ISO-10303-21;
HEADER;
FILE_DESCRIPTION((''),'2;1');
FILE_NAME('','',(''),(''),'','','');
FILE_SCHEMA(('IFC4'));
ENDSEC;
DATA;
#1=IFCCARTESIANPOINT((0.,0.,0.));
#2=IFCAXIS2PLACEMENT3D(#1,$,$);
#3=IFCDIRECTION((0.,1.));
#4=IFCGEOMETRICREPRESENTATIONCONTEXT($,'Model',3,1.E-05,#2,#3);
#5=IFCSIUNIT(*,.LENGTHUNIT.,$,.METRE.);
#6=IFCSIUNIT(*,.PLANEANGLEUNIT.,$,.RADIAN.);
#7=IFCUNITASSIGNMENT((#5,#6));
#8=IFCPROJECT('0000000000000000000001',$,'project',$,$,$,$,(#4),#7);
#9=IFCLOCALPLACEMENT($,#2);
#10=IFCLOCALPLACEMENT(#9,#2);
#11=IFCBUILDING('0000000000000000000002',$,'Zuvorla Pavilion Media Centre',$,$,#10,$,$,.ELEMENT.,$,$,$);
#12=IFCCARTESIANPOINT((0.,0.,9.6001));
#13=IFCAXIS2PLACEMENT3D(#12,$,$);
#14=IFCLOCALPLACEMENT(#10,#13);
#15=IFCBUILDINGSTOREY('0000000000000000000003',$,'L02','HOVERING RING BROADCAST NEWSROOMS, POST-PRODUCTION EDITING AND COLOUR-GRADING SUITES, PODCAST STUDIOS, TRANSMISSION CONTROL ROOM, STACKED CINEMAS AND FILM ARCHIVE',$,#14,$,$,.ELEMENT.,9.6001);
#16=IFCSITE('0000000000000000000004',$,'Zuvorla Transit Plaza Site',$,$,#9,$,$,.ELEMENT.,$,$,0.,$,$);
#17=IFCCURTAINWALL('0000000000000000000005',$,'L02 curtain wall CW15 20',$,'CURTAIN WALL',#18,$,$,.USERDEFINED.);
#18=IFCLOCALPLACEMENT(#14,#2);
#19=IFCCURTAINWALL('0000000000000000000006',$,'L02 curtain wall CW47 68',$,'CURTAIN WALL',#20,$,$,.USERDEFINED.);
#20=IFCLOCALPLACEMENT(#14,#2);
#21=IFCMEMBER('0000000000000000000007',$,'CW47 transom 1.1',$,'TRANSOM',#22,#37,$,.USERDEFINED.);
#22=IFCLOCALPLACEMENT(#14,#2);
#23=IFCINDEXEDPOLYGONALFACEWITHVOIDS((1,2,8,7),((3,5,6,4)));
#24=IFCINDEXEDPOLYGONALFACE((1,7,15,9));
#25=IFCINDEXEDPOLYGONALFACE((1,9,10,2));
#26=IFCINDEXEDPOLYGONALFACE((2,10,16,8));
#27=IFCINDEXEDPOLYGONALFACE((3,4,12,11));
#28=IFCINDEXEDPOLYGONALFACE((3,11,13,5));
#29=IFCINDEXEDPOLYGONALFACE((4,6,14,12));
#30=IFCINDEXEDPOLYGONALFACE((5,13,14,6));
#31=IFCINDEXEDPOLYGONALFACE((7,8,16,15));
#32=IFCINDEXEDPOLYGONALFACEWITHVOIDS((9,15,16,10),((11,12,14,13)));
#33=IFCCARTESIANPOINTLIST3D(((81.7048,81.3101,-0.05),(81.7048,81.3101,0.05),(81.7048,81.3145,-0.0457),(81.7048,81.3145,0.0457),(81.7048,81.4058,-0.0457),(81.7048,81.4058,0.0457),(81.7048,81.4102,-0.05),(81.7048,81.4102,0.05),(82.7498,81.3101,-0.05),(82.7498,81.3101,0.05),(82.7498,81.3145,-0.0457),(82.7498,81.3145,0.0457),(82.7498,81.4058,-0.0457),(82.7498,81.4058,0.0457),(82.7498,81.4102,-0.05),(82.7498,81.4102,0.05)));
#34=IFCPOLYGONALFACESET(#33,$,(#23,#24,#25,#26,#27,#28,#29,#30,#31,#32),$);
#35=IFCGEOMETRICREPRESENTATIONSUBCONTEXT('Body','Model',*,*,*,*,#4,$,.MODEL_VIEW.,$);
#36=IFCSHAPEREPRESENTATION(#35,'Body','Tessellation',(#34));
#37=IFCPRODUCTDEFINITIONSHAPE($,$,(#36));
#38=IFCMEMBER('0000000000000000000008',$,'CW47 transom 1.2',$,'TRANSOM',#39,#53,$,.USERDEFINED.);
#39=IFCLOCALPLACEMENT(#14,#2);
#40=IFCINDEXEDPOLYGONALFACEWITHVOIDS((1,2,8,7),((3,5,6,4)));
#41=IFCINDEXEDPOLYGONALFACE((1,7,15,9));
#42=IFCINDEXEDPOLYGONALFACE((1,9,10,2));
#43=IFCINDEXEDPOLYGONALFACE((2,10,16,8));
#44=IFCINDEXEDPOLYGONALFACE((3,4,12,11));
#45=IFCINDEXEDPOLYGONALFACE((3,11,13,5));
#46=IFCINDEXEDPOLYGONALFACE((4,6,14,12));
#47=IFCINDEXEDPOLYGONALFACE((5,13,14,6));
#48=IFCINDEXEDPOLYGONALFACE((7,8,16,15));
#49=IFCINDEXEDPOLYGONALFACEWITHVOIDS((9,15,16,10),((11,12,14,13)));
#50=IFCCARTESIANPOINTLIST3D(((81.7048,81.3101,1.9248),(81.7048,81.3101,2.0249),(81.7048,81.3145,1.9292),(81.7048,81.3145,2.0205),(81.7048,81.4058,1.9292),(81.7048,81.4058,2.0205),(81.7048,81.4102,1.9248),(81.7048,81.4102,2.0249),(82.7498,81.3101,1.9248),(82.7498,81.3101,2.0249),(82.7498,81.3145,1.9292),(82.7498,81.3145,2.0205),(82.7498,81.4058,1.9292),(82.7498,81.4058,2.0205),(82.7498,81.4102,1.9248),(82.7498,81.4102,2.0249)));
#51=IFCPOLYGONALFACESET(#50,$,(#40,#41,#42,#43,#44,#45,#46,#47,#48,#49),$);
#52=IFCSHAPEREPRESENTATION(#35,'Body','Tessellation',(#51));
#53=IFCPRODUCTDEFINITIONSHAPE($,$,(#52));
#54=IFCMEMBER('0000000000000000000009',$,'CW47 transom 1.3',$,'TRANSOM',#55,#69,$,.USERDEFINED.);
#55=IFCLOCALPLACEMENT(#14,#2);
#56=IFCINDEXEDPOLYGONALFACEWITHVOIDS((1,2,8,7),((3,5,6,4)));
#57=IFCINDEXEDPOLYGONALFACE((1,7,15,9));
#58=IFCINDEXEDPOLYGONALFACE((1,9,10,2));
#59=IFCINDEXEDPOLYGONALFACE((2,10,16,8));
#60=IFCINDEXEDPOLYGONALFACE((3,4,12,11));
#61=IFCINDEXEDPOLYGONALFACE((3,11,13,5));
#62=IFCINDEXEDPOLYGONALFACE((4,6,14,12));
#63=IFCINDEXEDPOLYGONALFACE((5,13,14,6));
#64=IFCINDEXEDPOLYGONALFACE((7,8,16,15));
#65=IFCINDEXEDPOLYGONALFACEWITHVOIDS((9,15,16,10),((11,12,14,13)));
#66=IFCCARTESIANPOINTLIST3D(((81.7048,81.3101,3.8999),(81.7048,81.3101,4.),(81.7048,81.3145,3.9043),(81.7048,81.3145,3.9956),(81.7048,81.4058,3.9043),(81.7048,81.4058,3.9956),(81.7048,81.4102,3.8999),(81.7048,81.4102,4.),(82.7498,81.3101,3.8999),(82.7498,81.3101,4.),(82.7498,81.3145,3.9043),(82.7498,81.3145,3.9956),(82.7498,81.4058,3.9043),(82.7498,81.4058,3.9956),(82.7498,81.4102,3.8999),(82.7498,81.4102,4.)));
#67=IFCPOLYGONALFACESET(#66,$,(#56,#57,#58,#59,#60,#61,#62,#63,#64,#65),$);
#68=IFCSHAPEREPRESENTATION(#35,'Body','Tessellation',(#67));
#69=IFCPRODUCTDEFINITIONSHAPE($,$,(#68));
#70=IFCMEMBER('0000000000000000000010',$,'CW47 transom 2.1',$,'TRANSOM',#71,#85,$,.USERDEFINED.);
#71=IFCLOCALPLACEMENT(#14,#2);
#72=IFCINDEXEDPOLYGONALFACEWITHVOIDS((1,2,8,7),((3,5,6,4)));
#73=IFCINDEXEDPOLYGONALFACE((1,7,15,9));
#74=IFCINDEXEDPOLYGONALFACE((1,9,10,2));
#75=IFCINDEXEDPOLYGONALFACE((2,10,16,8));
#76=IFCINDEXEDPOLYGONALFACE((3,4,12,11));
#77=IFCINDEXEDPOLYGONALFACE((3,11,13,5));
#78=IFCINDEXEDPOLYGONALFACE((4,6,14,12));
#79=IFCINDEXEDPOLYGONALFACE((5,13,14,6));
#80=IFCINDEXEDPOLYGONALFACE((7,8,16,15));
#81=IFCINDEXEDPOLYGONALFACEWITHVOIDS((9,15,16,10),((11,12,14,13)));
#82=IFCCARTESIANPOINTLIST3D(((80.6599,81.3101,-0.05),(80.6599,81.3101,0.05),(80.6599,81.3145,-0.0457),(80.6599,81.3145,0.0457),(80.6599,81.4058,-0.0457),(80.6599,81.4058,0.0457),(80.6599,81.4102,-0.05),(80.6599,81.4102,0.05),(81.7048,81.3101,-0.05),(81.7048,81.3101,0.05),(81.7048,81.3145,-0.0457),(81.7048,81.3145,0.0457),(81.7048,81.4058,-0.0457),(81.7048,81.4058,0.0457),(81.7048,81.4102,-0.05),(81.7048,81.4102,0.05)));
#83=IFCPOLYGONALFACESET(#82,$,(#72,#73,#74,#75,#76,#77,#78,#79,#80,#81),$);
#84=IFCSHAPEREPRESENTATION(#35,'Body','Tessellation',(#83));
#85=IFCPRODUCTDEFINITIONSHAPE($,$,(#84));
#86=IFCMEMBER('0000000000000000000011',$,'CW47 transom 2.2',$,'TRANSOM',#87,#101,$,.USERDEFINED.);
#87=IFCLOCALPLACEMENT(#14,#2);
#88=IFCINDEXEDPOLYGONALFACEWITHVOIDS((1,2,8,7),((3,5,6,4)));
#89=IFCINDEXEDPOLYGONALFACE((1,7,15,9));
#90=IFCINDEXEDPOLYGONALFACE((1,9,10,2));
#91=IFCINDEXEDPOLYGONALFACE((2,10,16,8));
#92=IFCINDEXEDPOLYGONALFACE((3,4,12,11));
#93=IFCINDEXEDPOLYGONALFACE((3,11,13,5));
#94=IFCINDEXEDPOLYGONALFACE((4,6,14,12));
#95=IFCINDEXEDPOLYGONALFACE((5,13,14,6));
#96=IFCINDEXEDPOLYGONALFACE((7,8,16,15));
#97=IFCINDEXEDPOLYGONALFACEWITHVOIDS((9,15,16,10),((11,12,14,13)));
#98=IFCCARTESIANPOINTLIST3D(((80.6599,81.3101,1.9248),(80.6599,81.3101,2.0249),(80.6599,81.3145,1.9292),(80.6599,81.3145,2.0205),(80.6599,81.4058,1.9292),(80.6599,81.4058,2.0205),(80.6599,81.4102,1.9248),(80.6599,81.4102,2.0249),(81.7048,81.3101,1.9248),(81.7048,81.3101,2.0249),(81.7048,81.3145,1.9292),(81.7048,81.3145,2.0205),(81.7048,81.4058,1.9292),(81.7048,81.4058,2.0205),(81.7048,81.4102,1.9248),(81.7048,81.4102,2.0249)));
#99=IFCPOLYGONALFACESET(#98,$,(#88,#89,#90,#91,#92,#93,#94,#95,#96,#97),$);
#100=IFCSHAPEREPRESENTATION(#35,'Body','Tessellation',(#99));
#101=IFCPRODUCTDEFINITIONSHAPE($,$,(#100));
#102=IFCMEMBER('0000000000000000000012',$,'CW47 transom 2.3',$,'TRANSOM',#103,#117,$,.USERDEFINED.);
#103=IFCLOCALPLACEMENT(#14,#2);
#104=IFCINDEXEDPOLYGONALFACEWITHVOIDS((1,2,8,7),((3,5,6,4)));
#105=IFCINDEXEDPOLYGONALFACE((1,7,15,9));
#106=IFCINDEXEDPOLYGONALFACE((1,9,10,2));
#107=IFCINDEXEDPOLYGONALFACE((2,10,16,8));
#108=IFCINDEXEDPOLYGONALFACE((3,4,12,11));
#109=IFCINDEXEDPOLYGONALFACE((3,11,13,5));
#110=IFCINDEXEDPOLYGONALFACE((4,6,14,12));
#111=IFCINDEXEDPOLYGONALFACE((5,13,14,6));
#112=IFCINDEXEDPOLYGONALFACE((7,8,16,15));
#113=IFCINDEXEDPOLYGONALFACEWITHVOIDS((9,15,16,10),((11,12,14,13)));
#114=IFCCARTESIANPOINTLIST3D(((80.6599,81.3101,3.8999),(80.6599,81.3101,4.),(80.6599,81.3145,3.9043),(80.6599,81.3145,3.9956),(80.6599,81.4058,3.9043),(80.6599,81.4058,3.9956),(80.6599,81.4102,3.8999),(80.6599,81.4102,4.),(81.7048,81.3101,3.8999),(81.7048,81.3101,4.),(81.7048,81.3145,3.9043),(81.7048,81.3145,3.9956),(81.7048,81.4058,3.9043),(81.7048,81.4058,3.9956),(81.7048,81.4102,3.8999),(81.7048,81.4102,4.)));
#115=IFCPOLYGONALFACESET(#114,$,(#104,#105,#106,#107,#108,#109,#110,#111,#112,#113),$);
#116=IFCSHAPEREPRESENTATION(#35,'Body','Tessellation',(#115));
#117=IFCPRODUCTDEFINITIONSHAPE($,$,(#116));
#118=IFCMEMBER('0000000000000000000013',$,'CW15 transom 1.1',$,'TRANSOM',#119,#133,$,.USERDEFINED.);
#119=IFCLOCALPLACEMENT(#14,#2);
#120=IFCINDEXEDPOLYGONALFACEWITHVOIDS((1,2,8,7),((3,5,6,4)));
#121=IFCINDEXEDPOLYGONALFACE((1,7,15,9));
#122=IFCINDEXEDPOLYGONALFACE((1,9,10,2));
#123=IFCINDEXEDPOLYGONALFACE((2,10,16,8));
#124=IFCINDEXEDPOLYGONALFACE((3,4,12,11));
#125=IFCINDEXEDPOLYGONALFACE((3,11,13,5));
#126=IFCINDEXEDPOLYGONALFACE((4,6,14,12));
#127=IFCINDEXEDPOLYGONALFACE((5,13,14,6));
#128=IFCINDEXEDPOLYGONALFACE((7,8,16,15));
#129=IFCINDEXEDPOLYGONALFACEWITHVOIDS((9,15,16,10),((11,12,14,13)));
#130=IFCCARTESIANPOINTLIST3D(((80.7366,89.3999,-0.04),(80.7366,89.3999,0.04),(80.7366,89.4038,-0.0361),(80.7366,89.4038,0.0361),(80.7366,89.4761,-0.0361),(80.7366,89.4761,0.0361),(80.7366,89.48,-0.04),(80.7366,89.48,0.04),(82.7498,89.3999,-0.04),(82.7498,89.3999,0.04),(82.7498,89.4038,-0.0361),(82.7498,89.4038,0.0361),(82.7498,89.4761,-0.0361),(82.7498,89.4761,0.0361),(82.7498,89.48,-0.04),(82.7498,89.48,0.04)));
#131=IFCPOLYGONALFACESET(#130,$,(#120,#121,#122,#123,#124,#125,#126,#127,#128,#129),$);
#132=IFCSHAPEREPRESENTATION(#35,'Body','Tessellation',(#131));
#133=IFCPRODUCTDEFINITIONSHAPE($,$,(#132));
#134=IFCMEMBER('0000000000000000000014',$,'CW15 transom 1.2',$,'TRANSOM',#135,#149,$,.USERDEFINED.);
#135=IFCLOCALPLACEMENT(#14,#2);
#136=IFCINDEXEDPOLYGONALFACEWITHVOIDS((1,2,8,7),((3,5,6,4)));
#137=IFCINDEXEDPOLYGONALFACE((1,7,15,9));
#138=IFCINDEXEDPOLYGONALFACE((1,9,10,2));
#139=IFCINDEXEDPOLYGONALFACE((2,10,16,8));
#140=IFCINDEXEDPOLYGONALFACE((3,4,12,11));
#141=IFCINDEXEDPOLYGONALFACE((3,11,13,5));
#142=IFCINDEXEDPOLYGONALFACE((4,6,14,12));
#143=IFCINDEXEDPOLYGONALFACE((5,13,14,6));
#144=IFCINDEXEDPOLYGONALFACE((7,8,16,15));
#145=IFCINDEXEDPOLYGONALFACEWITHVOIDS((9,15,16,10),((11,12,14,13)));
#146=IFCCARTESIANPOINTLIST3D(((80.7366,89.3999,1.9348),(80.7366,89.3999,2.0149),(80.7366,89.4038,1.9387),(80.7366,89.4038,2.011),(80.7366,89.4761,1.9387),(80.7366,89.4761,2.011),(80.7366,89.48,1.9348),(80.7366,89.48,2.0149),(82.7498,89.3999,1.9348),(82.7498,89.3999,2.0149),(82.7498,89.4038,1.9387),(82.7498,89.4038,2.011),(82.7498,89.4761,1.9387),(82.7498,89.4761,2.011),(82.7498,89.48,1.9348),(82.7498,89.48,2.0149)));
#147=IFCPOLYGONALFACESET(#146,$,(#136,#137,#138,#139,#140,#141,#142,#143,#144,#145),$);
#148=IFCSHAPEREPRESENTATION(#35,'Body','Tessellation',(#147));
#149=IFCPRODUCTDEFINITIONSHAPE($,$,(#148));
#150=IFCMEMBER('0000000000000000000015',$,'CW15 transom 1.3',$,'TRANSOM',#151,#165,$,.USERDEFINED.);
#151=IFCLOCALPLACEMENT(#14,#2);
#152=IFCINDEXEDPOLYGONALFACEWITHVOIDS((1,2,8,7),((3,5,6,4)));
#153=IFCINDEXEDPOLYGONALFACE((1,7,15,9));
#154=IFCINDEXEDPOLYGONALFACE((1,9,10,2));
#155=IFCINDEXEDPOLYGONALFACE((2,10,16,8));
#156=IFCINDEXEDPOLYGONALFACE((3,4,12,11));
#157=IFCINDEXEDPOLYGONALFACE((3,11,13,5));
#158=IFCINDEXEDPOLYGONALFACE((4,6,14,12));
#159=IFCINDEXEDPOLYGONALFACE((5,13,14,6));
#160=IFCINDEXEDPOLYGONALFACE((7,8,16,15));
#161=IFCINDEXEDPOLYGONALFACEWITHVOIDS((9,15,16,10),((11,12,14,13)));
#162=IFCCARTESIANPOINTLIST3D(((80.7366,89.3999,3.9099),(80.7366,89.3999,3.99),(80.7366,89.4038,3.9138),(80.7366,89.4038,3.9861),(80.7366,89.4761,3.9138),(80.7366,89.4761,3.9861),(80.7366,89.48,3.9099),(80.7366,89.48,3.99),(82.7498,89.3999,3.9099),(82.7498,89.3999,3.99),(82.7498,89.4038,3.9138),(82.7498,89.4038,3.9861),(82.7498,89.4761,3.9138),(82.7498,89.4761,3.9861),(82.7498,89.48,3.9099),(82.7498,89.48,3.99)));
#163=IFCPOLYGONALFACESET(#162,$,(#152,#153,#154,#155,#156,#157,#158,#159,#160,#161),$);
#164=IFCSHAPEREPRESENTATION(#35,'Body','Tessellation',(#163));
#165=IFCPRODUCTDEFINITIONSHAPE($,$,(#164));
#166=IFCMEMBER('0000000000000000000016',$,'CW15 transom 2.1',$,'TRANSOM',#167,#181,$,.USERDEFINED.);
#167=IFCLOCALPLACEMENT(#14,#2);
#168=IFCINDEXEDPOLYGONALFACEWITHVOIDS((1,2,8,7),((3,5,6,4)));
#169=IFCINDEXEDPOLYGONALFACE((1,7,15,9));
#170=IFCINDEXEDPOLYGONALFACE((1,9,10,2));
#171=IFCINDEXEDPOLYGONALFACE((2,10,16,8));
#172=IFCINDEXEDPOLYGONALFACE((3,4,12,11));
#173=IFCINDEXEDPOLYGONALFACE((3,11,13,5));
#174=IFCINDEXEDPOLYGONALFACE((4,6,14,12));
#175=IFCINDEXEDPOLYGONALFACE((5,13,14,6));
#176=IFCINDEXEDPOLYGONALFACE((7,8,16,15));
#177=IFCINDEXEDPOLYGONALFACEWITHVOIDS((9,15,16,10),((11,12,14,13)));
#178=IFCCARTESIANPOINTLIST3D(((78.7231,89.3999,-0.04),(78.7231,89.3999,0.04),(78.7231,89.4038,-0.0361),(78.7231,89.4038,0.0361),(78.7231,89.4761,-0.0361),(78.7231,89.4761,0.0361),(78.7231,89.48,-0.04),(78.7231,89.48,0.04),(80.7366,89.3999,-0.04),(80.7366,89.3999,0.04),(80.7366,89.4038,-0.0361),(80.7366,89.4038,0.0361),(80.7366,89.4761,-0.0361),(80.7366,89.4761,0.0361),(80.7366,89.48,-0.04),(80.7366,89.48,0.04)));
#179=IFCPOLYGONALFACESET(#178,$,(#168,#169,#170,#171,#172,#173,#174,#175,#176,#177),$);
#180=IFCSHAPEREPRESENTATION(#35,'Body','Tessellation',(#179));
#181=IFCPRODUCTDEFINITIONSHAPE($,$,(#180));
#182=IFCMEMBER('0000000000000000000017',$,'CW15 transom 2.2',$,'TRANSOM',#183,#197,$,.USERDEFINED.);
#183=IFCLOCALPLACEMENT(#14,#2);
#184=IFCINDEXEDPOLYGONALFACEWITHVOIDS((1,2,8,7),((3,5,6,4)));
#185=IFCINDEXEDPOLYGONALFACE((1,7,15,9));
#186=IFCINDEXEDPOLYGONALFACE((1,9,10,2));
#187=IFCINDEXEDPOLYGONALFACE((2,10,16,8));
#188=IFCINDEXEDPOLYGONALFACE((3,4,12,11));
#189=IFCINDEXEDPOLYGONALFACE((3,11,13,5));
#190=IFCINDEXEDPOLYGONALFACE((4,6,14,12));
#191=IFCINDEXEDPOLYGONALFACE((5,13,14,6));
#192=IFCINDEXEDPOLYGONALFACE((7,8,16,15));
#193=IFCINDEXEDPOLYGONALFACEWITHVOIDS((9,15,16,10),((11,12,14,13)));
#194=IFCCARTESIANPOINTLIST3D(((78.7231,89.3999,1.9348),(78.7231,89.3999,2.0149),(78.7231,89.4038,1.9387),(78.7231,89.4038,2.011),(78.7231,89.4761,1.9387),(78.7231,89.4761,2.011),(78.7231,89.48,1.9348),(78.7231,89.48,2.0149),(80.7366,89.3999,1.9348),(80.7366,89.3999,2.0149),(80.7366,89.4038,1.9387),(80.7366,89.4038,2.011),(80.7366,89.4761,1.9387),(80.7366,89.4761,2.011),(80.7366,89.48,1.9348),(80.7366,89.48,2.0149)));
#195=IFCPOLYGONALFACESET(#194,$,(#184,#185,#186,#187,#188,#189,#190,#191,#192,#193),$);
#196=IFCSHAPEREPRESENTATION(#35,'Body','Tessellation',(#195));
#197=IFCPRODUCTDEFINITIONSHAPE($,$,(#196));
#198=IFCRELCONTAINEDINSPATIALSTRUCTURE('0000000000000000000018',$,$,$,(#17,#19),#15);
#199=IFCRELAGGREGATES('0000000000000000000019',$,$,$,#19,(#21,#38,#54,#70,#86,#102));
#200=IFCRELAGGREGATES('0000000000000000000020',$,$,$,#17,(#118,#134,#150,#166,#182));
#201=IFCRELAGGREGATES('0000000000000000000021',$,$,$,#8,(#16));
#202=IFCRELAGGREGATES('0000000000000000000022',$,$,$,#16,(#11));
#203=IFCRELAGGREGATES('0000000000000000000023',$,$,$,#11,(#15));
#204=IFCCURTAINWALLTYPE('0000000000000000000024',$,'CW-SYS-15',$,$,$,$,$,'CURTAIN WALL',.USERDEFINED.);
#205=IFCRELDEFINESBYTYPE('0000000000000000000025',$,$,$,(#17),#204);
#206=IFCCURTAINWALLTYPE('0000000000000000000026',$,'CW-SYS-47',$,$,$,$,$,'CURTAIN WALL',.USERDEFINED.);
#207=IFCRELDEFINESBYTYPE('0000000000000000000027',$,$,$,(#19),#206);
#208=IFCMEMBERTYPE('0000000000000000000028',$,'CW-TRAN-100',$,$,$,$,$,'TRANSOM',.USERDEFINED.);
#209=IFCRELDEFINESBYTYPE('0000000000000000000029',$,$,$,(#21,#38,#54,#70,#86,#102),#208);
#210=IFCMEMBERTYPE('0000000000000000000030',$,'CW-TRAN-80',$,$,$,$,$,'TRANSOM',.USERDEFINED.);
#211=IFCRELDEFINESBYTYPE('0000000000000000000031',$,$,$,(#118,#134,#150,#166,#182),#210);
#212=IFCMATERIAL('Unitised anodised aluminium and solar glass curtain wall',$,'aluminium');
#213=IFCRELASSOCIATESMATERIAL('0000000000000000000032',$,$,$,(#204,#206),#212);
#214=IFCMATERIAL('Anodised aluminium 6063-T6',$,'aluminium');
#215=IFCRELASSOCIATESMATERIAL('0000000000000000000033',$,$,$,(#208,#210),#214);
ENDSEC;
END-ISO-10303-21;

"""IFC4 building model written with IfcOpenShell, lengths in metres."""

from ifc_helpers import new_model, si_unit, direction, frame, origin, origin_2d, place, context, subcontext, project, spatial, hollow_rectangle, extrude, material, material_profile, profile_set, type_object, element, aggregate, save


model = new_model("IFC4")

# Units and contexts
model_context = context("Model", 3, precision=1e-05, world=origin(), true_north=direction((0.0, 1.0)))
body_context = subcontext(model_context, "Body", "Model", "MODEL_VIEW")
ifc_project = project(units=[si_unit("LENGTHUNIT", "METRE"), si_unit("PLANEANGLEUNIT", "RADIAN")], contexts=[model_context])

# Site, building, storey
site_placement = place(None, origin())
site = spatial("IfcSite", under=ifc_project, at=site_placement, Name="Zuvorla Transit Plaza Site", CompositionType="ELEMENT", RefElevation=0.0)
building_placement = place(site_placement, origin())
building = spatial("IfcBuilding", under=site, at=building_placement, Name="Zuvorla Pavilion Media Centre", CompositionType="ELEMENT")
storey_placement = place(building_placement, frame((0.0, 0.0, 9.6001)))
storey = spatial("IfcBuildingStorey", under=building, at=storey_placement, Name="L02", Description="HOVERING RING BROADCAST NEWSROOMS, POST-PRODUCTION EDITING AND COLOUR-GRADING SUITES, PODCAST STUDIOS, TRANSMISSION CONTROL ROOM, STACKED CINEMAS AND FILM ARCHIVE", CompositionType="ELEMENT", Elevation=9.6001)

# Curtain wall
ifc_material_1 = material(Name="Unitised anodised aluminium and solar glass curtain wall", Category="aluminium")
curtain_wall_type_1 = type_object("IfcCurtainWallType", Name="CW-SYS-15", ElementType="CURTAIN WALL", PredefinedType="USERDEFINED", material=ifc_material_1)
curtain_wall_1_placement = place(storey_placement, origin())
curtain_wall_1 = element("IfcCurtainWall", 1, at=curtain_wall_1_placement, inside=storey, type_object=curtain_wall_type_1, Name="L02 curtain wall CW15 20", ObjectType="CURTAIN WALL", PredefinedType="USERDEFINED")
ifc_material_2 = material(Name="Anodised aluminium 6063-T6", Category="aluminium")

# Curtain wall, members
curtain_wall_type_2 = type_object("IfcCurtainWallType", Name="CW-SYS-47", ElementType="CURTAIN WALL", PredefinedType="USERDEFINED", material=ifc_material_1)
curtain_wall_2_placement = place(storey_placement, origin())
curtain_wall_2 = element("IfcCurtainWall", 2, at=curtain_wall_2_placement, inside=storey, type_object=curtain_wall_type_2, Name="L02 curtain wall CW47 68", ObjectType="CURTAIN WALL", PredefinedType="USERDEFINED")
ifc_material_profile_1 = material_profile(ifc_material_2, hollow_rectangle(XDim=0.1001, YDim=0.1001, WallThickness=0.0044, at=origin_2d()), Name="ALU TRAN 100x100")
ifc_profile_set_1 = profile_set([ifc_material_profile_1], Name="Anodised aluminium 6063-T6")
member_type_1 = type_object("IfcMemberType", Name="CW-TRAN-100", ElementType="TRANSOM", PredefinedType="USERDEFINED", material=ifc_profile_set_1)
member_1_placement = place(storey_placement, frame((82.7498, 81.3601, 0.0), z_axis=(-1.0, 0.0, 0.0), x_axis=(0.0, -1.0, 0.0)))
member_1 = element("IfcMember", 3, at=member_1_placement, type_object=member_type_1, Name="CW47 transom 1.1", ObjectType="TRANSOM", PredefinedType="USERDEFINED", context=body_context, shape_type="SweptSolid", body=[
    extrude(hollow_rectangle(XDim=0.1001, YDim=0.1001, WallThickness=0.0044, at=origin_2d()), origin(), (0.0, 0.0, 1.0), 1.0449),
])
member_2_placement = place(storey_placement, frame((82.7498, 81.3601, 1.9749), z_axis=(-1.0, 0.0, 0.0), x_axis=(0.0, -1.0, 0.0)))
member_2 = element("IfcMember", 4, at=member_2_placement, type_object=member_type_1, Name="CW47 transom 1.2", ObjectType="TRANSOM", PredefinedType="USERDEFINED", context=body_context, shape_type="SweptSolid", body=[
    extrude(hollow_rectangle(XDim=0.1001, YDim=0.1001, WallThickness=0.0044, at=origin_2d()), origin(), (0.0, 0.0, 1.0), 1.0449),
])
member_3_placement = place(storey_placement, frame((82.7498, 81.3601, 3.95), z_axis=(-1.0, 0.0, 0.0), x_axis=(0.0, -1.0, 0.0)))
member_3 = element("IfcMember", 5, at=member_3_placement, type_object=member_type_1, Name="CW47 transom 1.3", ObjectType="TRANSOM", PredefinedType="USERDEFINED", context=body_context, shape_type="SweptSolid", body=[
    extrude(hollow_rectangle(XDim=0.1001, YDim=0.1001, WallThickness=0.0044, at=origin_2d()), origin(), (0.0, 0.0, 1.0), 1.0449),
])
member_4_placement = place(storey_placement, frame((81.7048, 81.3601, 0.0), z_axis=(-1.0, 0.0, 0.0), x_axis=(0.0, -1.0, 0.0)))
member_4 = element("IfcMember", 6, at=member_4_placement, type_object=member_type_1, Name="CW47 transom 2.1", ObjectType="TRANSOM", PredefinedType="USERDEFINED", context=body_context, shape_type="SweptSolid", body=[
    extrude(hollow_rectangle(XDim=0.1001, YDim=0.1001, WallThickness=0.0044, at=origin_2d()), origin(), (0.0, 0.0, 1.0), 1.0449),
])
member_5_placement = place(storey_placement, frame((81.7048, 81.3601, 1.9749), z_axis=(-1.0, 0.0, 0.0), x_axis=(0.0, -1.0, 0.0)))
member_5 = element("IfcMember", 7, at=member_5_placement, type_object=member_type_1, Name="CW47 transom 2.2", ObjectType="TRANSOM", PredefinedType="USERDEFINED", context=body_context, shape_type="SweptSolid", body=[
    extrude(hollow_rectangle(XDim=0.1001, YDim=0.1001, WallThickness=0.0044, at=origin_2d()), origin(), (0.0, 0.0, 1.0), 1.0449),
])
member_6_placement = place(storey_placement, frame((81.7048, 81.3601, 3.95), z_axis=(-1.0, 0.0, 0.0), x_axis=(0.0, -1.0, 0.0)))
member_6 = element("IfcMember", 8, at=member_6_placement, type_object=member_type_1, Name="CW47 transom 2.3", ObjectType="TRANSOM", PredefinedType="USERDEFINED", context=body_context, shape_type="SweptSolid", body=[
    extrude(hollow_rectangle(XDim=0.1001, YDim=0.1001, WallThickness=0.0044, at=origin_2d()), origin(), (0.0, 0.0, 1.0), 1.0449),
])

# Members
ifc_material_profile_2 = material_profile(ifc_material_2, hollow_rectangle(XDim=0.0801, YDim=0.0801, WallThickness=0.0039, at=origin_2d()), Name="ALU TRAN 80x80")
ifc_profile_set_2 = profile_set([ifc_material_profile_2], Name="Anodised aluminium 6063-T6")
member_type_2 = type_object("IfcMemberType", Name="CW-TRAN-80", ElementType="TRANSOM", PredefinedType="USERDEFINED", material=ifc_profile_set_2)
member_7_placement = place(storey_placement, frame((82.7498, 89.4399, 0.0), z_axis=(-1.0, 0.0, 0.0), x_axis=(0.0, -1.0, 0.0)))
member_7 = element("IfcMember", 9, at=member_7_placement, type_object=member_type_2, Name="CW15 transom 1.1", ObjectType="TRANSOM", PredefinedType="USERDEFINED", context=body_context, shape_type="SweptSolid", body=[
    extrude(hollow_rectangle(XDim=0.0801, YDim=0.0801, WallThickness=0.0039, at=origin_2d()), origin(), (0.0, 0.0, 1.0), 2.0132),
])
member_8_placement = place(storey_placement, frame((82.7498, 89.4399, 1.9749), z_axis=(-1.0, 0.0, 0.0), x_axis=(0.0, -1.0, 0.0)))
member_8 = element("IfcMember", 10, at=member_8_placement, type_object=member_type_2, Name="CW15 transom 1.2", ObjectType="TRANSOM", PredefinedType="USERDEFINED", context=body_context, shape_type="SweptSolid", body=[
    extrude(hollow_rectangle(XDim=0.0801, YDim=0.0801, WallThickness=0.0039, at=origin_2d()), origin(), (0.0, 0.0, 1.0), 2.0132),
])
member_9_placement = place(storey_placement, frame((82.7498, 89.4399, 3.95), z_axis=(-1.0, 0.0, 0.0), x_axis=(0.0, -1.0, 0.0)))
member_9 = element("IfcMember", 11, at=member_9_placement, type_object=member_type_2, Name="CW15 transom 1.3", ObjectType="TRANSOM", PredefinedType="USERDEFINED", context=body_context, shape_type="SweptSolid", body=[
    extrude(hollow_rectangle(XDim=0.0801, YDim=0.0801, WallThickness=0.0039, at=origin_2d()), origin(), (0.0, 0.0, 1.0), 2.0132),
])
member_10_placement = place(storey_placement, frame((80.7366, 89.4399, 0.0), z_axis=(-1.0, 0.0, 0.0), x_axis=(0.0, -1.0, 0.0)))
member_10 = element("IfcMember", 12, at=member_10_placement, type_object=member_type_2, Name="CW15 transom 2.1", ObjectType="TRANSOM", PredefinedType="USERDEFINED", context=body_context, shape_type="SweptSolid", body=[
    extrude(hollow_rectangle(XDim=0.0801, YDim=0.0801, WallThickness=0.0039, at=origin_2d()), origin(), (0.0, 0.0, 1.0), 2.0134),
])
member_11_placement = place(storey_placement, frame((80.7366, 89.4399, 1.9749), z_axis=(-1.0, 0.0, 0.0), x_axis=(0.0, -1.0, 0.0)))
member_11 = element("IfcMember", 13, at=member_11_placement, type_object=member_type_2, Name="CW15 transom 2.2", ObjectType="TRANSOM", PredefinedType="USERDEFINED", context=body_context, shape_type="SweptSolid", body=[
    extrude(hollow_rectangle(XDim=0.0801, YDim=0.0801, WallThickness=0.0039, at=origin_2d()), origin(), (0.0, 0.0, 1.0), 2.0134),
])

aggregate(curtain_wall_2, [member_1, member_2, member_3, member_4, member_5, member_6])
aggregate(curtain_wall_1, [member_7, member_8, member_9, member_10, member_11])

save(model, "model.ifc")
